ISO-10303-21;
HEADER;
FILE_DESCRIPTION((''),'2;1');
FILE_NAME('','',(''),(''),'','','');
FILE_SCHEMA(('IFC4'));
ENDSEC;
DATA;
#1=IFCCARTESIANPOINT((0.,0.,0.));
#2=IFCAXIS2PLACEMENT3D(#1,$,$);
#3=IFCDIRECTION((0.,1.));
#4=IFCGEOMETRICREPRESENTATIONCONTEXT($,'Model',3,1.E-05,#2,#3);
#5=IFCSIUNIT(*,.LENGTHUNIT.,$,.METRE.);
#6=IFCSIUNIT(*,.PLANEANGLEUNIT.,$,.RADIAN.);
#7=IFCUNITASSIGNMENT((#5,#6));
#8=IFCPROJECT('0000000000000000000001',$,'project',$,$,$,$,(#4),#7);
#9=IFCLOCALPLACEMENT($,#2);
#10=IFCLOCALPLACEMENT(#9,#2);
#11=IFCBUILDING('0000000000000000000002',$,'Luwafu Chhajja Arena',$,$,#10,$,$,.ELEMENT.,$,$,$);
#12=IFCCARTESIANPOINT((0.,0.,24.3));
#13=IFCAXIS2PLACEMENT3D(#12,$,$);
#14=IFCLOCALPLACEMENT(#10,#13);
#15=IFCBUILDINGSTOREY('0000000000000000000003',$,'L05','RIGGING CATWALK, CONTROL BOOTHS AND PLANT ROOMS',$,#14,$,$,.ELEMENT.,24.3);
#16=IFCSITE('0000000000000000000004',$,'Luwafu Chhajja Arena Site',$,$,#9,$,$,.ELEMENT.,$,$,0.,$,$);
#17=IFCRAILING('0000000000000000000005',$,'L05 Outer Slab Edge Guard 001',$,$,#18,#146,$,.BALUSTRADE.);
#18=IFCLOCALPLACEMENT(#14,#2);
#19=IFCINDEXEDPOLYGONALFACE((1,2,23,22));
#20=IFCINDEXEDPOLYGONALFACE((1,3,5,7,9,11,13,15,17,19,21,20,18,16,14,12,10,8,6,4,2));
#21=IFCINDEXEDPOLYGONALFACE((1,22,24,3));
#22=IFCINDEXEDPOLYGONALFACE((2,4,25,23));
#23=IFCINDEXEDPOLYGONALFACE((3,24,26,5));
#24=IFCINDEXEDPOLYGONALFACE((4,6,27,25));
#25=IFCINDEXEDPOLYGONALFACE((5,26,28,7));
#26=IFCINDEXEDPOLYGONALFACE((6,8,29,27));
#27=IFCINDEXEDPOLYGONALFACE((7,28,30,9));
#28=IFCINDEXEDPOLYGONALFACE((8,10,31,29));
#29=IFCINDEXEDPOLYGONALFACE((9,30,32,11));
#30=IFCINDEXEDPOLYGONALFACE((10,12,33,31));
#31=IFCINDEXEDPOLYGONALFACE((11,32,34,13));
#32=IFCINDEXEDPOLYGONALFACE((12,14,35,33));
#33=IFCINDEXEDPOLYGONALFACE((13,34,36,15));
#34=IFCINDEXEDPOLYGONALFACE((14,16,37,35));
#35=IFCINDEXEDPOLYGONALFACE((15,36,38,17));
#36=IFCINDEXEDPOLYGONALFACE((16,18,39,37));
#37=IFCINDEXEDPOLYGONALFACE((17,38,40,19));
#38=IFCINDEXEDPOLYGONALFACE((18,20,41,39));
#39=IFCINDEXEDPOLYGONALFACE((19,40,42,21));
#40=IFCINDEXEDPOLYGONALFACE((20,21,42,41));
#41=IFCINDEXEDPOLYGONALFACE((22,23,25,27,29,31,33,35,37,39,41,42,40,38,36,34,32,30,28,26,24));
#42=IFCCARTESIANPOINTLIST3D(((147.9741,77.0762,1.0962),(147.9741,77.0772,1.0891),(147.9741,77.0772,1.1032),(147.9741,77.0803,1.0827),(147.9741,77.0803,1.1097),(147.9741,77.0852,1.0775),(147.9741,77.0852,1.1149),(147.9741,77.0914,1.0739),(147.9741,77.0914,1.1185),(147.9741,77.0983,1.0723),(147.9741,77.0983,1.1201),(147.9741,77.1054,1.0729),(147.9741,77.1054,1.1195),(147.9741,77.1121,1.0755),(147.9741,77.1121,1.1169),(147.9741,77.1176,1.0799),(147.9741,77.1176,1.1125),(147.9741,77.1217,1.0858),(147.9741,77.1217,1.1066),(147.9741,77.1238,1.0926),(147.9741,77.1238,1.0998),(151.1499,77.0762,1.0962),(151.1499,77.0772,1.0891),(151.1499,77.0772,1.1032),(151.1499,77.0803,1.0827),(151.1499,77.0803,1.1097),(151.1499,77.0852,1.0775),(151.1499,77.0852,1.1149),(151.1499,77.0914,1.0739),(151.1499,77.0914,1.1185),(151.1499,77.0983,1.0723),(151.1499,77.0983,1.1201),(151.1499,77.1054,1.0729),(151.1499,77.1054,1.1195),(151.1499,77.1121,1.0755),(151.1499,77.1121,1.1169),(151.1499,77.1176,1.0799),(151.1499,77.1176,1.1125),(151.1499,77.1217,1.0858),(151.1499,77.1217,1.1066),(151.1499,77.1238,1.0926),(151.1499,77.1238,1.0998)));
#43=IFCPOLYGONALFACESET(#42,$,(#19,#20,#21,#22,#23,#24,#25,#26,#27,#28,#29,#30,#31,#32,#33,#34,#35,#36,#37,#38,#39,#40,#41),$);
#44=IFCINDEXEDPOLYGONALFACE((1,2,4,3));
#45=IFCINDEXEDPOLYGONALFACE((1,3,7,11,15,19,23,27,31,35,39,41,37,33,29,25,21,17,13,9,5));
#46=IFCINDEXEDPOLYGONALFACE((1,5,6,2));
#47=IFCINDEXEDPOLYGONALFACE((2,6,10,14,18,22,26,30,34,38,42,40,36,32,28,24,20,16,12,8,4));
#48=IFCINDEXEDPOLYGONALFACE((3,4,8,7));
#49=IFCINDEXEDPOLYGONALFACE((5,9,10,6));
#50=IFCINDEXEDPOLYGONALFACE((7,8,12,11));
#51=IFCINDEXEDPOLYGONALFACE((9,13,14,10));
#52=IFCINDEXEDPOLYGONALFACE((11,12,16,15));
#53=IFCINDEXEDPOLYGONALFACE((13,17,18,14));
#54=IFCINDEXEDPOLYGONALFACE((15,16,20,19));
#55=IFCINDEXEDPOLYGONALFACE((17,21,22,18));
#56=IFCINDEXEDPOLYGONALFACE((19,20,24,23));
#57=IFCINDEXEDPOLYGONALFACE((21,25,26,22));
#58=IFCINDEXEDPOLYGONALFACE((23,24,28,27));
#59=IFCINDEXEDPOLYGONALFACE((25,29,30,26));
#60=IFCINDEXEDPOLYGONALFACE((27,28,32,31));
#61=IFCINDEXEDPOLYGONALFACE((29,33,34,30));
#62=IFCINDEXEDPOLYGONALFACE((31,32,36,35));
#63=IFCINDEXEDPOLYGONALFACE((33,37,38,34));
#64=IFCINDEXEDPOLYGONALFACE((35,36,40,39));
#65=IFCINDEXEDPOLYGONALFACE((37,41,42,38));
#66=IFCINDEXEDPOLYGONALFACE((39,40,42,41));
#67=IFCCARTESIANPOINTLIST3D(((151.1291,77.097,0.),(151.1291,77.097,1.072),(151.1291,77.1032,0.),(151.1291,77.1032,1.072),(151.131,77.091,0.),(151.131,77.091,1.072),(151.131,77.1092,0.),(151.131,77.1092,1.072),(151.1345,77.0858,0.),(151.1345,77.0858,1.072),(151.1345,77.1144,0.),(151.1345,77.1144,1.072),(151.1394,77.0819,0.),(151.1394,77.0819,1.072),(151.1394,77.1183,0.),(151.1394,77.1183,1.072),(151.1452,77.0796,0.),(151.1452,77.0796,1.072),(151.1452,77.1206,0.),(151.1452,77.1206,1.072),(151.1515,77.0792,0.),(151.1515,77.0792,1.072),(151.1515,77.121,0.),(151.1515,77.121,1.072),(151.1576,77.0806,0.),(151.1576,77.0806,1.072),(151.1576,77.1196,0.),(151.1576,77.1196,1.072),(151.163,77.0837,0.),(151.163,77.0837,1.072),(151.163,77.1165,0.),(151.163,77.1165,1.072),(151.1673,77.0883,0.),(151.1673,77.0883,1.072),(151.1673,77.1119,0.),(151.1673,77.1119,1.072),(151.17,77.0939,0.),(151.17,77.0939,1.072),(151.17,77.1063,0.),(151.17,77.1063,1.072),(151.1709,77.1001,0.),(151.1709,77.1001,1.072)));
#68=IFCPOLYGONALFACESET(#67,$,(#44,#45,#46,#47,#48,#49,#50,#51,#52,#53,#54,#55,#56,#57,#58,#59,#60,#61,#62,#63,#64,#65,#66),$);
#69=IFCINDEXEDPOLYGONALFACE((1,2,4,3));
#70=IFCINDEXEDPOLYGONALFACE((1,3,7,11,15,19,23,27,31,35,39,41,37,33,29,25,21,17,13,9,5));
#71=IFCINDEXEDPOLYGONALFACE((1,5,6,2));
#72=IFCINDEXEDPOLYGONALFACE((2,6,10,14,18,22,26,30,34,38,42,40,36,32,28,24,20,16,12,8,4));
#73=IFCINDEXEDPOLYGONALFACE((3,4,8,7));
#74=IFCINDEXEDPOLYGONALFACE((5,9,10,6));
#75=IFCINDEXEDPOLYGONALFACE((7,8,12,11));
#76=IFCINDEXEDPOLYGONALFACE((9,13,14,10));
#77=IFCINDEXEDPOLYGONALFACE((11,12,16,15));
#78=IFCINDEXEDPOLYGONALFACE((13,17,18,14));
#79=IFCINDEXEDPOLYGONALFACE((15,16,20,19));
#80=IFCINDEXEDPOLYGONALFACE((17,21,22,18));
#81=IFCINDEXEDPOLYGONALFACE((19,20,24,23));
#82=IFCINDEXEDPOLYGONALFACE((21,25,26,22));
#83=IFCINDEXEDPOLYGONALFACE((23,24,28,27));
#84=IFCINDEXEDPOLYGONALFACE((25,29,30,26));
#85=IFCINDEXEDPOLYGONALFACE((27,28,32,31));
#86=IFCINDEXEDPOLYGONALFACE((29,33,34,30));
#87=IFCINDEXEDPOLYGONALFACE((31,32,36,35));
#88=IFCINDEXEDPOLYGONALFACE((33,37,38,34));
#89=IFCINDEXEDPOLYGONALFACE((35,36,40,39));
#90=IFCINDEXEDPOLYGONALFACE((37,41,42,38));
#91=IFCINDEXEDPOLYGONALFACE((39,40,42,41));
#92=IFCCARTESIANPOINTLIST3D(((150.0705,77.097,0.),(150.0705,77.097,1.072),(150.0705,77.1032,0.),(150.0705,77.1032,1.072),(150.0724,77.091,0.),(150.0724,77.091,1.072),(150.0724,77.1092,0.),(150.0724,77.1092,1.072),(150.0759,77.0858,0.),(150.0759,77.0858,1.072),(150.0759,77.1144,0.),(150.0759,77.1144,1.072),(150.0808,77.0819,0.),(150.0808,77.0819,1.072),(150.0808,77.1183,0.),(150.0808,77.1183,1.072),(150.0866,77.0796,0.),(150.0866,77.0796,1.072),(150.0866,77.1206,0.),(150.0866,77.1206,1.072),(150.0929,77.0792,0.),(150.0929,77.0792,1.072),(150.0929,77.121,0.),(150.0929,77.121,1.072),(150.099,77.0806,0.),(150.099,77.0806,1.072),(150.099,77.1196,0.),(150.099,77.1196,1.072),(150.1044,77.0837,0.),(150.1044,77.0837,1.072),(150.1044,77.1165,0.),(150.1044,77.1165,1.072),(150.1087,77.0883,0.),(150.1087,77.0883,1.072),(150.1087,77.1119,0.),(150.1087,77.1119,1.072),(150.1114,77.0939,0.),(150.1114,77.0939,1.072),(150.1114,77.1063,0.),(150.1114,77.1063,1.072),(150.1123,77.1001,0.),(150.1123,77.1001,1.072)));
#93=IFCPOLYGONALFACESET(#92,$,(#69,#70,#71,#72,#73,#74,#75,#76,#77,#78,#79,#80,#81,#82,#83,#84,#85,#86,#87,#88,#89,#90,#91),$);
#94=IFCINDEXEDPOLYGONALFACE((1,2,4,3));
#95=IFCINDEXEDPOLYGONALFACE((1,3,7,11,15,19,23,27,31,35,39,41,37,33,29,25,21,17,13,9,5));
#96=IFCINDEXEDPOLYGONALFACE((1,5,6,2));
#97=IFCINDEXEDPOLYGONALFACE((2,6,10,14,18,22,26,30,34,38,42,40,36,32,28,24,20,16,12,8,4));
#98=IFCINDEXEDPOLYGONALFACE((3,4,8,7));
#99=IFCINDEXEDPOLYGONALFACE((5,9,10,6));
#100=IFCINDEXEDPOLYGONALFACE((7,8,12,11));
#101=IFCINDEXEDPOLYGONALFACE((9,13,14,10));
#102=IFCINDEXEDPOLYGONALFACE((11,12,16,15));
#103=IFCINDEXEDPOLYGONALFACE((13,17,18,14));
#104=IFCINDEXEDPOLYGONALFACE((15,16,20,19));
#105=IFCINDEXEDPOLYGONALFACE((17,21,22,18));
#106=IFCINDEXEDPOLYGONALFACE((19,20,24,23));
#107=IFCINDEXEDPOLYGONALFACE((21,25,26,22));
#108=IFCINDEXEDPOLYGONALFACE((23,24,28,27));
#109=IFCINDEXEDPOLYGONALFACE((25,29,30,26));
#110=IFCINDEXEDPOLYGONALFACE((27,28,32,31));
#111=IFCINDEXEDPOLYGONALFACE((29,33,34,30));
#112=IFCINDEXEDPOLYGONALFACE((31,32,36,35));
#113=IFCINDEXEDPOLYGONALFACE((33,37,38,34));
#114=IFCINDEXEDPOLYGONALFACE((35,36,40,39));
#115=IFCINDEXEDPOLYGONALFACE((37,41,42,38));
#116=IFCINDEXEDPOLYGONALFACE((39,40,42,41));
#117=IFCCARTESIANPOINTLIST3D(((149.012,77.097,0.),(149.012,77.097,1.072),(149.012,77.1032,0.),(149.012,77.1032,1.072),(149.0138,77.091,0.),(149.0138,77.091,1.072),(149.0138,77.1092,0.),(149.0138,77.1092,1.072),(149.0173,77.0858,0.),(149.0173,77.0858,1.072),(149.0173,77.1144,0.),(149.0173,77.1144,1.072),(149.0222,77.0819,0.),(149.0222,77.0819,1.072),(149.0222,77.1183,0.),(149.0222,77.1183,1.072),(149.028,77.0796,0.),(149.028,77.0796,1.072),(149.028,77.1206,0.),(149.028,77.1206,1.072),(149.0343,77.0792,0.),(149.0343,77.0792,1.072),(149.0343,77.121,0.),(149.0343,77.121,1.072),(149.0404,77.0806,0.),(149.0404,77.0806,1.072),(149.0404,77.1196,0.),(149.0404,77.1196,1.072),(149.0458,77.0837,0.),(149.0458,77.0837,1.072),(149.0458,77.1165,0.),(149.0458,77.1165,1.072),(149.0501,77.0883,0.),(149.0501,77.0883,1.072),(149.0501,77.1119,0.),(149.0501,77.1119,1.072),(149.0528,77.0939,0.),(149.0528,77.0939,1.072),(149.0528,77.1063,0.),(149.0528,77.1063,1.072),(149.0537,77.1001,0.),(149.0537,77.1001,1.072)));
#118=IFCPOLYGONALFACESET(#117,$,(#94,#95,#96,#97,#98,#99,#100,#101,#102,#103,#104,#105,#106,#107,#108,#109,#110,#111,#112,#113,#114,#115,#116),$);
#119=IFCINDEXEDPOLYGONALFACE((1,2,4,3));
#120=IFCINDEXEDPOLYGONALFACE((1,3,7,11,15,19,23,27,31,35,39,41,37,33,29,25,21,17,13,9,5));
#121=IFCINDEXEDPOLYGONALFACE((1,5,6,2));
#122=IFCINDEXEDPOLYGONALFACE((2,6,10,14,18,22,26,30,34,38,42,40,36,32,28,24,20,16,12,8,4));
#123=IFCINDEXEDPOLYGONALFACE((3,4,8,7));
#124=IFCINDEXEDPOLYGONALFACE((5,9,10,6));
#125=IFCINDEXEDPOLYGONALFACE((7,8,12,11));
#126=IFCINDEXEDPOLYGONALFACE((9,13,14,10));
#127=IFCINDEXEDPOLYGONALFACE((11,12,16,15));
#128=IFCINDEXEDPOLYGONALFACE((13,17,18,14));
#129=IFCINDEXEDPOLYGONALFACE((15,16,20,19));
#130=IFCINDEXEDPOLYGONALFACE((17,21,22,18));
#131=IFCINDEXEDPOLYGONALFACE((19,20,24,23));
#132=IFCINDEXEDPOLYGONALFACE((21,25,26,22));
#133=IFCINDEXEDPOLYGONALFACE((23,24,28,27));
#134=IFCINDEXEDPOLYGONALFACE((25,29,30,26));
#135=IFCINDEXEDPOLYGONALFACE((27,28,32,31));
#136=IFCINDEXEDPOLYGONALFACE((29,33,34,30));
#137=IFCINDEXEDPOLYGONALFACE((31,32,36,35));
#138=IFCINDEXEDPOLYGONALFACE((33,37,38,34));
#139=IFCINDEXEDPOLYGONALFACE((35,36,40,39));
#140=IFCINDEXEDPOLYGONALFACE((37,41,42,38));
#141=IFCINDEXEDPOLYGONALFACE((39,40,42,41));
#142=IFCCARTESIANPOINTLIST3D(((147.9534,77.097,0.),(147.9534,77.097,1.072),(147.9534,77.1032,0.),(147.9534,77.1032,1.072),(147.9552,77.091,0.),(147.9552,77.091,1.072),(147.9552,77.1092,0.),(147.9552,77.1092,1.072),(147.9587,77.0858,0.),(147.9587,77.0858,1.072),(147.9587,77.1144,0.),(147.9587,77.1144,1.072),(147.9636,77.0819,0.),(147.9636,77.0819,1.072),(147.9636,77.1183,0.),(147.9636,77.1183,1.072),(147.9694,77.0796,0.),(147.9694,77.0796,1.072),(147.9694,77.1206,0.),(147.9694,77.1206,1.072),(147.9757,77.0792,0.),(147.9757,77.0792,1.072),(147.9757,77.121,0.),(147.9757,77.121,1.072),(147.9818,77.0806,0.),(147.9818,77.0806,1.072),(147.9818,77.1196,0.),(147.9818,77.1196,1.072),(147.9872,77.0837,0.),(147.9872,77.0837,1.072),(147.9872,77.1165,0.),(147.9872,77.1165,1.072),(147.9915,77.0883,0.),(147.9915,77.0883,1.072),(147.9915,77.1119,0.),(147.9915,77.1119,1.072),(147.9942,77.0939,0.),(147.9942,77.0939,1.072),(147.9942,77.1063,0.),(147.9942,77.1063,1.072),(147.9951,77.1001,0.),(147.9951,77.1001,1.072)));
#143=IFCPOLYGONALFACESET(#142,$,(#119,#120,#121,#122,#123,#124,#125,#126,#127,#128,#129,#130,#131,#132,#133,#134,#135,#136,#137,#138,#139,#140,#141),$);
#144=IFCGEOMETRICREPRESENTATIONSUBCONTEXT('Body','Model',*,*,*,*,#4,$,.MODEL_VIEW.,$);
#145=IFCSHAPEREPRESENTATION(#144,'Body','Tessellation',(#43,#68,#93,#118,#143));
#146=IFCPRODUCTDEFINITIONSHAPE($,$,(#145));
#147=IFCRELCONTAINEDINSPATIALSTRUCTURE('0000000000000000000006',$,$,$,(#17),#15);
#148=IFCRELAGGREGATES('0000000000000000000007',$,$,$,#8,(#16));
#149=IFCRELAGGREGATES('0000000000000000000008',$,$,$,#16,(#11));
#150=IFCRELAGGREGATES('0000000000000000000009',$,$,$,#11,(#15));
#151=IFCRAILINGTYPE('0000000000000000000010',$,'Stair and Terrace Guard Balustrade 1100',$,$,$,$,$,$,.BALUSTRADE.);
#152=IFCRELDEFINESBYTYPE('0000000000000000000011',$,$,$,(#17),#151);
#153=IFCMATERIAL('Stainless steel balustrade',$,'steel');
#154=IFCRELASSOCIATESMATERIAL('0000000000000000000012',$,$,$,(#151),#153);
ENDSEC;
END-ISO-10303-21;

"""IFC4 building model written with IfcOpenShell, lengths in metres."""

from ifc_helpers import new_model, si_unit, direction, frame, origin, origin_2d, place, context, subcontext, project, spatial, circle, extrude, material, type_object, element, save


model = new_model("IFC4")

# Units and contexts
model_context = context("Model", 3, precision=1e-05, world=origin(), true_north=direction((0.0, 1.0)))
body_context = subcontext(model_context, "Body", "Model", "MODEL_VIEW")
ifc_project = project(units=[si_unit("LENGTHUNIT", "METRE"), si_unit("PLANEANGLEUNIT", "RADIAN")], contexts=[model_context])

# Site, building, storey
site_placement = place(None, origin())
site = spatial("IfcSite", under=ifc_project, at=site_placement, Name="Luwafu Chhajja Arena Site", CompositionType="ELEMENT", RefElevation=0.0)
building_placement = place(site_placement, origin())
building = spatial("IfcBuilding", under=site, at=building_placement, Name="Luwafu Chhajja Arena", CompositionType="ELEMENT")
storey_placement = place(building_placement, frame((0.0, 0.0, 24.3)))
storey = spatial("IfcBuildingStorey", under=building, at=storey_placement, Name="L05", Description="RIGGING CATWALK, CONTROL BOOTHS AND PLANT ROOMS", CompositionType="ELEMENT", Elevation=24.3)

# Railing
ifc_material_1 = material(Name="Stainless steel balustrade", Category="steel")
railing_type_1 = type_object("IfcRailingType", Name="Stair and Terrace Guard Balustrade 1100", PredefinedType="BALUSTRADE", material=ifc_material_1)
railing_1_placement = place(storey_placement, frame((151.1499, 77.1001, 0.0)))
element("IfcRailing", 1, at=railing_1_placement, inside=storey, type_object=railing_type_1, Name="L05 Outer Slab Edge Guard 001", PredefinedType="BALUSTRADE", context=body_context, shape_type="SweptSolid", body=[
    extrude(circle(Radius=0.0239, at=origin_2d()), frame((0.0, 0.0, 1.0962), z_axis=(-1.0, 0.0, 0.0), x_axis=(0.0, -1.0, 0.0)), (0.0, 0.0, 1.0), 3.1758),
    extrude(circle(Radius=0.021, at=origin_2d()), origin(), (0.0, 0.0, 1.0), 1.072),
    extrude(circle(Radius=0.021, at=origin_2d()), frame((-1.0586, 0.0, 0.0)), (0.0, 0.0, 1.0), 1.072),
    extrude(circle(Radius=0.021, at=origin_2d()), frame((-2.1172, 0.0, 0.0)), (0.0, 0.0, 1.0), 1.072),
    extrude(circle(Radius=0.021, at=origin_2d()), frame((-3.1758, 0.0, 0.0)), (0.0, 0.0, 1.0), 1.072),
])

save(model, "model.ifc")
